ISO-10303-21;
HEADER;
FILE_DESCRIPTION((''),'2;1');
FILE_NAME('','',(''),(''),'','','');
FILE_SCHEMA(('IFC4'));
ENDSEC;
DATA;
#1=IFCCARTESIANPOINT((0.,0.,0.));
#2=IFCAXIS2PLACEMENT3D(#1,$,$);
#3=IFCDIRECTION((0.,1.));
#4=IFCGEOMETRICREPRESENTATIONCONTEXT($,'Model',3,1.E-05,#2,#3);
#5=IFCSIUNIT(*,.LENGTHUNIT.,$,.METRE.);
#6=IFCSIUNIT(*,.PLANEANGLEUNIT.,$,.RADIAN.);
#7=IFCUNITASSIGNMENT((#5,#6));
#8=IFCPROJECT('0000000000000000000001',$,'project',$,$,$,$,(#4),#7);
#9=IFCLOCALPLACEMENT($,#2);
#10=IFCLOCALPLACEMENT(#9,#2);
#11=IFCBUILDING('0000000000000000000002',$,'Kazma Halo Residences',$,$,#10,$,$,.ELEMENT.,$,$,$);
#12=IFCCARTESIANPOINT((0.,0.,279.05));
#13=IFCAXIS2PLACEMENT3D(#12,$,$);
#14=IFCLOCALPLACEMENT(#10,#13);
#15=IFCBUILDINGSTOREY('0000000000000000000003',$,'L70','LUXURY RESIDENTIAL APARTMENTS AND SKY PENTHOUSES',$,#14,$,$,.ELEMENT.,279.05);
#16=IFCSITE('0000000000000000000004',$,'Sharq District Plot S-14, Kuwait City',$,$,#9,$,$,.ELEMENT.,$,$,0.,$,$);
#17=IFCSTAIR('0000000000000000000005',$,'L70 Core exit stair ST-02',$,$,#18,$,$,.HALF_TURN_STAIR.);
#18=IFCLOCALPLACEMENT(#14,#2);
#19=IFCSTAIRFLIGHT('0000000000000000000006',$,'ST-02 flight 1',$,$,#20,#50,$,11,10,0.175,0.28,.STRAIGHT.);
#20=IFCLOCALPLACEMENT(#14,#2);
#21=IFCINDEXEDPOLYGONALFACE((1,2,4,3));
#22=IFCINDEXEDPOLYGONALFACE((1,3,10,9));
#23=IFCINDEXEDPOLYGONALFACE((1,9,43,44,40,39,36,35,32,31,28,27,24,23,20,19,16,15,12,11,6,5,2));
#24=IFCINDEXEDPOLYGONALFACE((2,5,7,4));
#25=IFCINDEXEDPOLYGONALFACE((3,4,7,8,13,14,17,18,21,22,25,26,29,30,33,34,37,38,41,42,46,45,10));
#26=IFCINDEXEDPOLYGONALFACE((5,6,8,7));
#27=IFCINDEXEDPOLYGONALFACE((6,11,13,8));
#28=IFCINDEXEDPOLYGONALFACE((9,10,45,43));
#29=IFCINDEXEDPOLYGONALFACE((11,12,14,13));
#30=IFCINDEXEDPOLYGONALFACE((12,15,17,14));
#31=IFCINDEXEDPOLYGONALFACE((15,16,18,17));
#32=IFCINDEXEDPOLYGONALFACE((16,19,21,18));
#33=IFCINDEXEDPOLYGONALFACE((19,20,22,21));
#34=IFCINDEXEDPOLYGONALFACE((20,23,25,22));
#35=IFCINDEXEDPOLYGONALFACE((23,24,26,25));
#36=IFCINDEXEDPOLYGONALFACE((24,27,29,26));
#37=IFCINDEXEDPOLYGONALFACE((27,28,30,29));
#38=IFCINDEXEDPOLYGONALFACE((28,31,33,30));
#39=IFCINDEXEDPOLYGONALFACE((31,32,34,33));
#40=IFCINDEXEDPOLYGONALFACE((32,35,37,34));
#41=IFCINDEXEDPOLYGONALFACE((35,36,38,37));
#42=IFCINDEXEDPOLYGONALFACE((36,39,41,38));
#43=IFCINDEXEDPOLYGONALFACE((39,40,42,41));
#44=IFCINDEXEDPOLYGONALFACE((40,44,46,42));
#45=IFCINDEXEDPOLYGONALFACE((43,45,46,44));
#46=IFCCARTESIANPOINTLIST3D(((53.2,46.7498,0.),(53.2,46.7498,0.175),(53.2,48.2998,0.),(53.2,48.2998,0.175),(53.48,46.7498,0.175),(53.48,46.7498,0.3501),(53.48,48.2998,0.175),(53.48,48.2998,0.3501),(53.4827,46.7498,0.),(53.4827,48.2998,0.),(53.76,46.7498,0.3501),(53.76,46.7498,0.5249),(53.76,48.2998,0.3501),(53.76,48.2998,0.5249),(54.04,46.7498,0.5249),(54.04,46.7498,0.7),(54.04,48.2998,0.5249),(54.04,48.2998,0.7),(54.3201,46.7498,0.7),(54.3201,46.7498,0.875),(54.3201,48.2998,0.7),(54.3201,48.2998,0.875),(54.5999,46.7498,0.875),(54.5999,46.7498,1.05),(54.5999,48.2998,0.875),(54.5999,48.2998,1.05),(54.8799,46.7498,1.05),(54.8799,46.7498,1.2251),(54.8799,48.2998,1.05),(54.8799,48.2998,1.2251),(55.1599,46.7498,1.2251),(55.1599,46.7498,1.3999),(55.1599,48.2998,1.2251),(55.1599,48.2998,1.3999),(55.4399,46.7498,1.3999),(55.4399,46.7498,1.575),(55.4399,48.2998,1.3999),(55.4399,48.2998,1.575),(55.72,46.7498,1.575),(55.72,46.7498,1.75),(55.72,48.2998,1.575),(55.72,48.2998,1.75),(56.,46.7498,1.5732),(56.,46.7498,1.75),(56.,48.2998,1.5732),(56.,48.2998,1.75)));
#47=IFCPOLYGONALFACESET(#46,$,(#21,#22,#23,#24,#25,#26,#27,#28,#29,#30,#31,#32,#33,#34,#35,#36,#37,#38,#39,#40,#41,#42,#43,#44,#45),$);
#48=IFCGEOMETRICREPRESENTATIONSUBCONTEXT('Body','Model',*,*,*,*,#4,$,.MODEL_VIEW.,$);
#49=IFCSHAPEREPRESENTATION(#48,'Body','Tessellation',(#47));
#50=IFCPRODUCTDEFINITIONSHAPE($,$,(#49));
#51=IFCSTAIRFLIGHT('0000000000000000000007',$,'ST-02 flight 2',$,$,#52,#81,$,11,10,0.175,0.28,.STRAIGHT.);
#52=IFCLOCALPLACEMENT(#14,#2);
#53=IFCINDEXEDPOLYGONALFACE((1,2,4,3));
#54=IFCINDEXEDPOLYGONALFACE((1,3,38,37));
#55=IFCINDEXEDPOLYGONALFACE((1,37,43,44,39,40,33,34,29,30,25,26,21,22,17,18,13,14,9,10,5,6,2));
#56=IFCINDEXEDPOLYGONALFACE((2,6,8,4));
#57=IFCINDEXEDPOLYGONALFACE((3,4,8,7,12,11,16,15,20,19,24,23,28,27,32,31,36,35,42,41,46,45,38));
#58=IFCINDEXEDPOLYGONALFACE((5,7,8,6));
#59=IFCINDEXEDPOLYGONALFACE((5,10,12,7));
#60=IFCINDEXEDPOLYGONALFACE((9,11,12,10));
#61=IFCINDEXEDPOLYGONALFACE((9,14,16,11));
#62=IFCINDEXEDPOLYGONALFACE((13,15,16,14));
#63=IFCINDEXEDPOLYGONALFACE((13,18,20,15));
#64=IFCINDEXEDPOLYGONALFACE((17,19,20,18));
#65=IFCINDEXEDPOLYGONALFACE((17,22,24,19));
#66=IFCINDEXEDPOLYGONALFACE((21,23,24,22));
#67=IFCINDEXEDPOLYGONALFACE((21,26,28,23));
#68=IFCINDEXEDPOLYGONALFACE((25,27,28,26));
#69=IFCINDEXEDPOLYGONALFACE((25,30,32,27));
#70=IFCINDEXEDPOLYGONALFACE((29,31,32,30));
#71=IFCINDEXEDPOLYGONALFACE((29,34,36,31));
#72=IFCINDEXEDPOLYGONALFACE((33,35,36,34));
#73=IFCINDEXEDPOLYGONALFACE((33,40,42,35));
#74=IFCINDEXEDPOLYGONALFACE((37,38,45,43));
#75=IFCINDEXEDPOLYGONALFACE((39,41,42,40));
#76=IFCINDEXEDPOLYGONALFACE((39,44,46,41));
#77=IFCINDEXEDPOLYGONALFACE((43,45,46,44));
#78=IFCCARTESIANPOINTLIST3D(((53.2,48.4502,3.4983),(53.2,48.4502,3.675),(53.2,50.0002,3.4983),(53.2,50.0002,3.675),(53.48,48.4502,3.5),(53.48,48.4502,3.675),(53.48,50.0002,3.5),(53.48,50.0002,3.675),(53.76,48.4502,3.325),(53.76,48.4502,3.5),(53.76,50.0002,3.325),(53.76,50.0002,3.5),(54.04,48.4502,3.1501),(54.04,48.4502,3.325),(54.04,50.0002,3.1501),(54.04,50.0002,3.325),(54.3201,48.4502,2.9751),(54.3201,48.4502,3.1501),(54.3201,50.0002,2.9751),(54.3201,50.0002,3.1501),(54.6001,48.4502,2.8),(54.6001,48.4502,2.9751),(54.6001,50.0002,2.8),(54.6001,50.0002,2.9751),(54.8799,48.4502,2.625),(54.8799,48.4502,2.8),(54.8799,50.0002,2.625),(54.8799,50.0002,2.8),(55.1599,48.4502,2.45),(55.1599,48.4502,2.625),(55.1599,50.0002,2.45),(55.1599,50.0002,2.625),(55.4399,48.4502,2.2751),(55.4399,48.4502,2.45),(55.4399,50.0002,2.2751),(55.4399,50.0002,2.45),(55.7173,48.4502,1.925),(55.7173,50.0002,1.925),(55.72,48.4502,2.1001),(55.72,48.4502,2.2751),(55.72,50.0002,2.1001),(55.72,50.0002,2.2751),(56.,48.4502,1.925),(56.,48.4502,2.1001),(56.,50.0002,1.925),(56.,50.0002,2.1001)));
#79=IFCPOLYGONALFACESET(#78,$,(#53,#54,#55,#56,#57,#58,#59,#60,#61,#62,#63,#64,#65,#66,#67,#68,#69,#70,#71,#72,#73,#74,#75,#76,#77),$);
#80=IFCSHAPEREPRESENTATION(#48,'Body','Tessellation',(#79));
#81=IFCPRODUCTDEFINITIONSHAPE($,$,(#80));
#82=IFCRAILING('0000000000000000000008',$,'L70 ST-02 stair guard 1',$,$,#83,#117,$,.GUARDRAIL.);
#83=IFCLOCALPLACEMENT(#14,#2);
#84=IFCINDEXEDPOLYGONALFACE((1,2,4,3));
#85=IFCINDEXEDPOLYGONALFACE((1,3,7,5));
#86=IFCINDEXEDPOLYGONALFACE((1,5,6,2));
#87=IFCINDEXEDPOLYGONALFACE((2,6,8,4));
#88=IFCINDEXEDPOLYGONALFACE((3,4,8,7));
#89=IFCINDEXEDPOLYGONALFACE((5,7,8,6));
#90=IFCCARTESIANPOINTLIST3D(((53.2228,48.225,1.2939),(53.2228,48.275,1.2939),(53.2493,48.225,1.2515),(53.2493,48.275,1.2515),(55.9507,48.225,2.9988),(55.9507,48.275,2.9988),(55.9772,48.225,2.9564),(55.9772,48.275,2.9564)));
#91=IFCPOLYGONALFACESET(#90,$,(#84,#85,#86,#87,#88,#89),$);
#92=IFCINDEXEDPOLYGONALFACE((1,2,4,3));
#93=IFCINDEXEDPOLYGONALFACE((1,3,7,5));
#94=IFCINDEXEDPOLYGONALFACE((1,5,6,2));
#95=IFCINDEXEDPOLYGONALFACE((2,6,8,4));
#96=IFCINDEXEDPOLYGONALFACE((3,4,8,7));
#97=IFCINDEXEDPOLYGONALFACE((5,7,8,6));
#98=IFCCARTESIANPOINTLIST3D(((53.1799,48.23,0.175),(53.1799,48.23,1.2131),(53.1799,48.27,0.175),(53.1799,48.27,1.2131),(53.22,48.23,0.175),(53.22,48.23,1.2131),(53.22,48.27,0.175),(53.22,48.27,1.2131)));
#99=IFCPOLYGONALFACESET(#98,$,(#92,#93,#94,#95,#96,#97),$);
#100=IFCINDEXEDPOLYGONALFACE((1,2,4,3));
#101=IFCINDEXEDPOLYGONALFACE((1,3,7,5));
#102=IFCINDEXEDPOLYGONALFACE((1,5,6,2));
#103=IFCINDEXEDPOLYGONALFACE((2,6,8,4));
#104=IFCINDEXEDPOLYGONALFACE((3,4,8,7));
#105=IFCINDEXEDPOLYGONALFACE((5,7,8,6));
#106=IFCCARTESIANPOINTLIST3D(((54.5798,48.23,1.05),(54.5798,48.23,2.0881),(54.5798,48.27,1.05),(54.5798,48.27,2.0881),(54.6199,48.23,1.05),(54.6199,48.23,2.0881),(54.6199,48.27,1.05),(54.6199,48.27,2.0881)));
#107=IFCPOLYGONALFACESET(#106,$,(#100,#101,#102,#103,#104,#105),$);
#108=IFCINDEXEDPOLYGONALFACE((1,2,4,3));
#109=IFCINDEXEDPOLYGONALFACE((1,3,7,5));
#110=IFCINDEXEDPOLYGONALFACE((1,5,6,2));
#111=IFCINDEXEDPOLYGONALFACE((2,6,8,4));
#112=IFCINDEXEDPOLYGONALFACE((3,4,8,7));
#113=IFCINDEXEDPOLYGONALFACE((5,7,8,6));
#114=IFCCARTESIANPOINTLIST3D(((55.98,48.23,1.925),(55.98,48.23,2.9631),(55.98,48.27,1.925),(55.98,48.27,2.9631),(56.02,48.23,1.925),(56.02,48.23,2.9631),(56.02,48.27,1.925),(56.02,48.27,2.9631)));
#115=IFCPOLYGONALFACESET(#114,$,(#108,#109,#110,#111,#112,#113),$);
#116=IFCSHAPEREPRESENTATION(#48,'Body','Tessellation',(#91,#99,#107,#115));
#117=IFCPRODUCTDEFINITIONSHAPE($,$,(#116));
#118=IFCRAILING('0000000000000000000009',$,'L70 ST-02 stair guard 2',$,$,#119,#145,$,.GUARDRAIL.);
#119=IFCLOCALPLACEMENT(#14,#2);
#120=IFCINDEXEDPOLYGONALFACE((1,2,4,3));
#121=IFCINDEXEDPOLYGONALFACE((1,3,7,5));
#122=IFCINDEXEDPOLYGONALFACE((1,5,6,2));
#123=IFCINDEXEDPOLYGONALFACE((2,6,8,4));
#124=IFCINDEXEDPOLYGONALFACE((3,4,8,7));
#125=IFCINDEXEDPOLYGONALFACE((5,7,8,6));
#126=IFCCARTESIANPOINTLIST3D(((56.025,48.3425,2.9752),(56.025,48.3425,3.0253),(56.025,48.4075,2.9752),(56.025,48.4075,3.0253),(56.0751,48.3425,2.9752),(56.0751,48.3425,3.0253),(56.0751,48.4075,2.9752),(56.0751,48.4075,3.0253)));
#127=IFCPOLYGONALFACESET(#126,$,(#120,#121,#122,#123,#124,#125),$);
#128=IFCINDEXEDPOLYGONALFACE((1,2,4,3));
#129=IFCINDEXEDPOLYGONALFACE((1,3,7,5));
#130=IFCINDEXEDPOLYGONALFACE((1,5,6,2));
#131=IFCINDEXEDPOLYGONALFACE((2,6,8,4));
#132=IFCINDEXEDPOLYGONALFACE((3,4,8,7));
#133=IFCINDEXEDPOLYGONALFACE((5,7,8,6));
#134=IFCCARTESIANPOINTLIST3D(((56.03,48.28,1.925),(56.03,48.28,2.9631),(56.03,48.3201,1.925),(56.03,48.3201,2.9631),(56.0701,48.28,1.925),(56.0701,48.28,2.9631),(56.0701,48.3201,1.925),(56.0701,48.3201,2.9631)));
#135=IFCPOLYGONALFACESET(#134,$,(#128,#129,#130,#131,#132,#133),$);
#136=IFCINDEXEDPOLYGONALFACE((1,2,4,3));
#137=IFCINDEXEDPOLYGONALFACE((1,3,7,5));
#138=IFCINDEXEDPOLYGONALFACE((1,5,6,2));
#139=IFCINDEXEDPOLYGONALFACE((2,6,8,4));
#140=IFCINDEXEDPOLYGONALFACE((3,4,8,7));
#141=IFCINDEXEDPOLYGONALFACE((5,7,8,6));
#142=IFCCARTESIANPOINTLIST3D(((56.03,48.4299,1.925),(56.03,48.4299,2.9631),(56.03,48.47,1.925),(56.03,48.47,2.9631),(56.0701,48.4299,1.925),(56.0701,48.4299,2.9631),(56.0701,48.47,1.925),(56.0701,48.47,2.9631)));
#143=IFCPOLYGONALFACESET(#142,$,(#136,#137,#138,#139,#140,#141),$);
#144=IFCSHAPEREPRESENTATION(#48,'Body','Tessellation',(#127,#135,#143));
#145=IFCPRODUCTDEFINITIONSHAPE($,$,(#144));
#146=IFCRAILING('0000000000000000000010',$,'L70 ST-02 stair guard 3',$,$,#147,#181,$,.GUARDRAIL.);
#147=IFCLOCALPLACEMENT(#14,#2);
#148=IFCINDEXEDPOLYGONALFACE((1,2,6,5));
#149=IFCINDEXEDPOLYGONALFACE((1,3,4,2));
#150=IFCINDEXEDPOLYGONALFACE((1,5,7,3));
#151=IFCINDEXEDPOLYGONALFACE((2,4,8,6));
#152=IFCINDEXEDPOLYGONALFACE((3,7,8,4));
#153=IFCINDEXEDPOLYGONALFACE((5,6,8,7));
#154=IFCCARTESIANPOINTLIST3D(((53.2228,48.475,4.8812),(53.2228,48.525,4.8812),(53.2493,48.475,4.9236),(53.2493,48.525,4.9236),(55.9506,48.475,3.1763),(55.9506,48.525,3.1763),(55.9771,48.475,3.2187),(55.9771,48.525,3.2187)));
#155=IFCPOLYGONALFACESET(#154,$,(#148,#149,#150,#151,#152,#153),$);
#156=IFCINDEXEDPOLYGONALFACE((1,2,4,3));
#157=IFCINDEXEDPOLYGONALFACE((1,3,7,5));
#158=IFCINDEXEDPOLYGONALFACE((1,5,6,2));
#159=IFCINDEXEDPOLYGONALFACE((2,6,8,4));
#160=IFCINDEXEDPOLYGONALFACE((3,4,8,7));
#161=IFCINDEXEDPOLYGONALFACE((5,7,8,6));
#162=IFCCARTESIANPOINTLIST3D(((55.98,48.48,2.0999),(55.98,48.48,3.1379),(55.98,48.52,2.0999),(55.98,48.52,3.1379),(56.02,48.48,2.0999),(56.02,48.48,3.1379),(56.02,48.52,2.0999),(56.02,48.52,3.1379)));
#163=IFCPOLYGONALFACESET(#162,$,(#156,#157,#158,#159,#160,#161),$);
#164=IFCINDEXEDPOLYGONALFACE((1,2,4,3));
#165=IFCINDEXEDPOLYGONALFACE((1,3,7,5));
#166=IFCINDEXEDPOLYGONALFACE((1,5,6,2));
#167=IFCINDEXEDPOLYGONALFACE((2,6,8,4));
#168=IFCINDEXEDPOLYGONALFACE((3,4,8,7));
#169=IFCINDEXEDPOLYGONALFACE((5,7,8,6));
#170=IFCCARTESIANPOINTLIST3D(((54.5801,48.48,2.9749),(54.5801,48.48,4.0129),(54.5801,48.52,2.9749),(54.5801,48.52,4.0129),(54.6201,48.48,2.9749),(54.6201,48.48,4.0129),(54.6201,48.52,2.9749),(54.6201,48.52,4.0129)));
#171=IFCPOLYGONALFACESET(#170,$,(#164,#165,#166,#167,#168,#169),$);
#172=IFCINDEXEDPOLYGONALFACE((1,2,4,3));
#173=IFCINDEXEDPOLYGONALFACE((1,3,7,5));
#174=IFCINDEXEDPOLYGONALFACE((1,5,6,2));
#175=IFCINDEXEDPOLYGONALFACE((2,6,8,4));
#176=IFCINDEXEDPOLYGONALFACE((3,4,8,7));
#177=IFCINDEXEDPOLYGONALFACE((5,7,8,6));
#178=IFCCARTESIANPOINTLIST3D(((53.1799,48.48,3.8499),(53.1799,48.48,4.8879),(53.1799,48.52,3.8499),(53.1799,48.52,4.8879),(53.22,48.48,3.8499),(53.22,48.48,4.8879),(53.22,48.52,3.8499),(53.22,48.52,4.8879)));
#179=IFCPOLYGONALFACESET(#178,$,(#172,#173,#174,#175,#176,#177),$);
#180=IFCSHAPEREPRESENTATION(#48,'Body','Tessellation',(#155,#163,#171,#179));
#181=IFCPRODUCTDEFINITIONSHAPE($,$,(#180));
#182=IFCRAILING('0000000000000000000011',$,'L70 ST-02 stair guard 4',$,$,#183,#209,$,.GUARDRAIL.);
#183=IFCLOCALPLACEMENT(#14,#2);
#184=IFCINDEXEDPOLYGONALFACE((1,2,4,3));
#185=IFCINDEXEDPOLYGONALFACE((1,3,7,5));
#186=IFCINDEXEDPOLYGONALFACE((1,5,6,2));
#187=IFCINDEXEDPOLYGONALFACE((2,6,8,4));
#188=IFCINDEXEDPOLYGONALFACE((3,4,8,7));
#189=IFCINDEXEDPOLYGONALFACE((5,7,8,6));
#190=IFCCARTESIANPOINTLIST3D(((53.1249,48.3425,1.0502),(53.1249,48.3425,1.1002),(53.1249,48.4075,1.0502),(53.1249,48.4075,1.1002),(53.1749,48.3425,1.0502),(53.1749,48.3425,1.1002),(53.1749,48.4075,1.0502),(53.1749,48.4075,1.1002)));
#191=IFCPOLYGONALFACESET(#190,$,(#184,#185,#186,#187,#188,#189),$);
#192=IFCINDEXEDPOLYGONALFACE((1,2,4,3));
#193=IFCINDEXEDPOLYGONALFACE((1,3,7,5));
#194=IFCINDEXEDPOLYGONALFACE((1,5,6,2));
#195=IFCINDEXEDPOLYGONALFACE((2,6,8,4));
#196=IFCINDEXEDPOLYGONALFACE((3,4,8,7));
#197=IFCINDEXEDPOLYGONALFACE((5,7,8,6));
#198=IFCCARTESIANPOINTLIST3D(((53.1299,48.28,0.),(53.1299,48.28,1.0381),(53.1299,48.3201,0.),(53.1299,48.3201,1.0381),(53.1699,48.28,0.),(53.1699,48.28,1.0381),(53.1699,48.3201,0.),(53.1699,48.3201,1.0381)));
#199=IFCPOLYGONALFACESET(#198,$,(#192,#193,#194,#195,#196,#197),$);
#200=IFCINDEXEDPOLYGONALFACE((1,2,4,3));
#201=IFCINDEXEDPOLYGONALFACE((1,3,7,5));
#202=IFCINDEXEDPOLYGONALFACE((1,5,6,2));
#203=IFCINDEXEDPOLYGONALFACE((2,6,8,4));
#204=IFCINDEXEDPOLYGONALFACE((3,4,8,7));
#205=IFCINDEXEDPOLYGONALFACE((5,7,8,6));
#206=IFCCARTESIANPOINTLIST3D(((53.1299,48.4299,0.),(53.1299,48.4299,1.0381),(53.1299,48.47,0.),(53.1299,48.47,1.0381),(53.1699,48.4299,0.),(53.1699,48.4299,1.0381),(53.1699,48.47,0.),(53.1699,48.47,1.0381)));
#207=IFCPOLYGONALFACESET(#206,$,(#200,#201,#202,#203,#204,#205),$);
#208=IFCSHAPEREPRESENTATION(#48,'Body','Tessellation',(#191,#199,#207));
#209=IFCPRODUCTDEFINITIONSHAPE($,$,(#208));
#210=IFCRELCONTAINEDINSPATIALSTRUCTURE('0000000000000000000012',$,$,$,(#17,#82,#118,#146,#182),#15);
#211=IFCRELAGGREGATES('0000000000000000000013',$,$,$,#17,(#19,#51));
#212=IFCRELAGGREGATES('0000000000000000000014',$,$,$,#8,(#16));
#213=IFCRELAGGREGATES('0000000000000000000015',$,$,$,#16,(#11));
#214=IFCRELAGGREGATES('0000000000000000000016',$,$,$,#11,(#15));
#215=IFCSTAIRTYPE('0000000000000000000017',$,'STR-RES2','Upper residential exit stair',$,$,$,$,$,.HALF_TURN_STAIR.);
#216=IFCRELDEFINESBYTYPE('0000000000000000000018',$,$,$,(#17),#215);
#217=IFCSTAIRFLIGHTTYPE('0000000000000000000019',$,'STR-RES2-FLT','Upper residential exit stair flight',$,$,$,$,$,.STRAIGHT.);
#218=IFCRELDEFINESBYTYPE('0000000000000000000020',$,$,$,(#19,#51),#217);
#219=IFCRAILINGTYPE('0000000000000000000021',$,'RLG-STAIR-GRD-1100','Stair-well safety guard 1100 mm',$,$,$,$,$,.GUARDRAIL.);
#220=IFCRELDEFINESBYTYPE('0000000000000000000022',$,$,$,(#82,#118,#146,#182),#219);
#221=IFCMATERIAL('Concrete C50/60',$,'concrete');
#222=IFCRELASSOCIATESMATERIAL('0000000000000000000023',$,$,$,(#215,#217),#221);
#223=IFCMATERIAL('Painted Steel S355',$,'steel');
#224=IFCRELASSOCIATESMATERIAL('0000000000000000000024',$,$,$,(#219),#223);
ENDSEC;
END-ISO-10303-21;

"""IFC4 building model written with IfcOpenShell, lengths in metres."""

from ifc_helpers import new_model, si_unit, direction, frame, origin, origin_2d, place, context, subcontext, project, spatial, polyline, rectangle, outline, extrude, material, type_object, element, aggregate, save


model = new_model("IFC4")

# Units and contexts
model_context = context("Model", 3, precision=1e-05, world=origin(), true_north=direction((0.0, 1.0)))
body_context = subcontext(model_context, "Body", "Model", "MODEL_VIEW")
ifc_project = project(units=[si_unit("LENGTHUNIT", "METRE"), si_unit("PLANEANGLEUNIT", "RADIAN")], contexts=[model_context])

# Site, building, storey
site_placement = place(None, origin())
site = spatial("IfcSite", under=ifc_project, at=site_placement, Name="Sharq District Plot S-14, Kuwait City", CompositionType="ELEMENT", RefElevation=0.0)
building_placement = place(site_placement, origin())
building = spatial("IfcBuilding", under=site, at=building_placement, Name="Kazma Halo Residences", CompositionType="ELEMENT")
storey_placement = place(building_placement, frame((0.0, 0.0, 279.05)))
storey = spatial("IfcBuildingStorey", under=building, at=storey_placement, Name="L70", Description="LUXURY RESIDENTIAL APARTMENTS AND SKY PENTHOUSES", CompositionType="ELEMENT", Elevation=279.05)

# Shared definitions
ifc_material_1 = material(Name="Concrete C50/60", Category="concrete")

# Stair, stair flights
stair_type = type_object("IfcStairType", Name="STR-RES2", Description="Upper residential exit stair", PredefinedType="HALF_TURN_STAIR", material=ifc_material_1)
stair_placement = place(storey_placement, origin())
stair = element("IfcStair", 1, at=stair_placement, inside=storey, type_object=stair_type, Name="L70 Core exit stair ST-02", PredefinedType="HALF_TURN_STAIR")
stair_flight_type = type_object("IfcStairFlightType", Name="STR-RES2-FLT", Description="Upper residential exit stair flight", PredefinedType="STRAIGHT", material=ifc_material_1)
stair_flight_1_placement = place(storey_placement, frame((53.2, 47.5249, 0.0), z_axis=(0.0, 0.0, 1.0), x_axis=(1.0, 0.0, 0.0)))
stair_flight_1 = element("IfcStairFlight", 2, at=stair_flight_1_placement, type_object=stair_flight_type, Name="ST-02 flight 1", NumberOfRisers=11, NumberOfTreads=10, PredefinedType="STRAIGHT", RiserHeight=0.175, TreadLength=0.28, context=body_context, shape_type="SweptSolid", body=[
    extrude(outline(polyline([(0.0, 0.0), (0.0, 0.175), (0.28, 0.175), (0.28, 0.3501), (0.5601, 0.3501), (0.5601, 0.5249), (0.8401, 0.5249), (0.8401, 0.7), (1.1201, 0.7), (1.1201, 0.875), (1.3999, 0.875), (1.3999, 1.05), (1.6799, 1.05), (1.6799, 1.2251), (1.96, 1.2251), (1.96, 1.3999), (2.24, 1.3999), (2.24, 1.575), (2.52, 1.575), (2.52, 1.75), (2.8, 1.75), (2.8, 1.925), (2.8, 1.5732), (0.2827, 0.0), (0.0, 0.0)])), frame((0.0, 0.7749, 0.0), z_axis=(0.0, -1.0, 0.0), x_axis=(1.0, 0.0, 0.0)), (0.0, 0.0, 1.0), 1.55),
])
stair_flight_2_placement = place(storey_placement, frame((56.0, 49.2251, 1.925), z_axis=(0.0, 0.0, 1.0), x_axis=(-1.0, 0.0, 0.0)))
stair_flight_2 = element("IfcStairFlight", 3, at=stair_flight_2_placement, type_object=stair_flight_type, Name="ST-02 flight 2", NumberOfRisers=11, NumberOfTreads=10, PredefinedType="STRAIGHT", RiserHeight=0.175, TreadLength=0.28, context=body_context, shape_type="SweptSolid", body=[
    extrude(outline(polyline([(0.0, 0.0), (0.0, 0.175), (0.28, 0.175), (0.28, 0.3501), (0.5601, 0.3501), (0.5601, 0.5249), (0.8401, 0.5249), (0.8401, 0.7), (1.1201, 0.7), (1.1201, 0.875), (1.3999, 0.875), (1.3999, 1.05), (1.6799, 1.05), (1.6799, 1.2251), (1.96, 1.2251), (1.96, 1.3999), (2.24, 1.3999), (2.24, 1.575), (2.52, 1.575), (2.52, 1.75), (2.8, 1.75), (2.8, 1.925), (2.8, 1.5732), (0.2827, 0.0), (0.0, 0.0)])), frame((0.0, 0.7749, 0.0), z_axis=(0.0, -1.0, 0.0), x_axis=(1.0, 0.0, 0.0)), (0.0, 0.0, 1.0), 1.55),
])
aggregate(stair, [stair_flight_1, stair_flight_2])

# Railings
ifc_material_2 = material(Name="Painted Steel S355", Category="steel")
railing_type_1 = type_object("IfcRailingType", Name="RLG-STAIR-GRD-1100", Description="Stair-well safety guard 1100 mm", PredefinedType="GUARDRAIL", material=ifc_material_2)
railing_1_placement = place(storey_placement, frame((53.2, 48.25, 0.175)))
element("IfcRailing", 4, at=railing_1_placement, inside=storey, type_object=railing_type_1, Name="L70 ST-02 stair guard 1", PredefinedType="GUARDRAIL", context=body_context, shape_type="SweptSolid", body=[
    extrude(rectangle(XDim=0.05, YDim=0.05, at=origin_2d()), frame((0.0361, 0.0, 1.0977), z_axis=(0.848002, 0.0, 0.529992), x_axis=(0.0, 1.0, 0.0)), (0.0, 0.0, 1.0), 3.2168),
    extrude(rectangle(XDim=0.04, YDim=0.04, at=origin_2d()), origin(), (0.0, 0.0, 1.0), 1.0381),
    extrude(rectangle(XDim=0.04, YDim=0.04, at=origin_2d()), frame((1.3999, 0.0, 0.875)), (0.0, 0.0, 1.0), 1.0381),
    extrude(rectangle(XDim=0.04, YDim=0.04, at=origin_2d()), frame((2.8, 0.0, 1.75)), (0.0, 0.0, 1.0), 1.0381),
])
railing_2_placement = place(storey_placement, frame((56.05, 48.3, 1.925)))
element("IfcRailing", 5, at=railing_2_placement, inside=storey, type_object=railing_type_1, Name="L70 ST-02 stair guard 2", PredefinedType="GUARDRAIL", context=body_context, shape_type="SweptSolid", body=[
    extrude(rectangle(XDim=0.05, YDim=0.05, at=origin_2d()), frame((0.0, 0.0425, 1.0752), z_axis=(0.0, 1.0, 0.0), x_axis=(-1.0, 0.0, 0.0)), (0.0, 0.0, 1.0), 0.0649),
    extrude(rectangle(XDim=0.04, YDim=0.04, at=origin_2d()), origin(), (0.0, 0.0, 1.0), 1.0381),
    extrude(rectangle(XDim=0.04, YDim=0.04, at=origin_2d()), frame((0.0, 0.1499, 0.0)), (0.0, 0.0, 1.0), 1.0381),
])
railing_3_placement = place(storey_placement, frame((56.0, 48.5, 2.0999)))
element("IfcRailing", 6, at=railing_3_placement, inside=storey, type_object=railing_type_1, Name="L70 ST-02 stair guard 3", PredefinedType="GUARDRAIL", context=body_context, shape_type="SweptSolid", body=[
    extrude(rectangle(XDim=0.05, YDim=0.05, at=origin_2d()), frame((-0.0361, 0.0, 1.0977), z_axis=(-0.848002, 0.0, 0.529992), x_axis=(0.0, -1.0, 0.0)), (0.0, 0.0, 1.0), 3.2168),
    extrude(rectangle(XDim=0.04, YDim=0.04, at=origin_2d()), origin(), (0.0, 0.0, 1.0), 1.0381),
    extrude(rectangle(XDim=0.04, YDim=0.04, at=origin_2d()), frame((-1.3999, 0.0, 0.875)), (0.0, 0.0, 1.0), 1.0381),
    extrude(rectangle(XDim=0.04, YDim=0.04, at=origin_2d()), frame((-2.8, 0.0, 1.75)), (0.0, 0.0, 1.0), 1.0381),
])
railing_4_placement = place(storey_placement, frame((53.1499, 48.3, 0.0)))
element("IfcRailing", 7, at=railing_4_placement, inside=storey, type_object=railing_type_1, Name="L70 ST-02 stair guard 4", PredefinedType="GUARDRAIL", context=body_context, shape_type="SweptSolid", body=[
    extrude(rectangle(XDim=0.05, YDim=0.05, at=origin_2d()), frame((0.0, 0.0425, 1.0752), z_axis=(0.0, 1.0, 0.0), x_axis=(-1.0, 0.0, 0.0)), (0.0, 0.0, 1.0), 0.0649),
    extrude(rectangle(XDim=0.04, YDim=0.04, at=origin_2d()), origin(), (0.0, 0.0, 1.0), 1.0381),
    extrude(rectangle(XDim=0.04, YDim=0.04, at=origin_2d()), frame((0.0, 0.1499, 0.0)), (0.0, 0.0, 1.0), 1.0381),
])

save(model, "model.ifc")
